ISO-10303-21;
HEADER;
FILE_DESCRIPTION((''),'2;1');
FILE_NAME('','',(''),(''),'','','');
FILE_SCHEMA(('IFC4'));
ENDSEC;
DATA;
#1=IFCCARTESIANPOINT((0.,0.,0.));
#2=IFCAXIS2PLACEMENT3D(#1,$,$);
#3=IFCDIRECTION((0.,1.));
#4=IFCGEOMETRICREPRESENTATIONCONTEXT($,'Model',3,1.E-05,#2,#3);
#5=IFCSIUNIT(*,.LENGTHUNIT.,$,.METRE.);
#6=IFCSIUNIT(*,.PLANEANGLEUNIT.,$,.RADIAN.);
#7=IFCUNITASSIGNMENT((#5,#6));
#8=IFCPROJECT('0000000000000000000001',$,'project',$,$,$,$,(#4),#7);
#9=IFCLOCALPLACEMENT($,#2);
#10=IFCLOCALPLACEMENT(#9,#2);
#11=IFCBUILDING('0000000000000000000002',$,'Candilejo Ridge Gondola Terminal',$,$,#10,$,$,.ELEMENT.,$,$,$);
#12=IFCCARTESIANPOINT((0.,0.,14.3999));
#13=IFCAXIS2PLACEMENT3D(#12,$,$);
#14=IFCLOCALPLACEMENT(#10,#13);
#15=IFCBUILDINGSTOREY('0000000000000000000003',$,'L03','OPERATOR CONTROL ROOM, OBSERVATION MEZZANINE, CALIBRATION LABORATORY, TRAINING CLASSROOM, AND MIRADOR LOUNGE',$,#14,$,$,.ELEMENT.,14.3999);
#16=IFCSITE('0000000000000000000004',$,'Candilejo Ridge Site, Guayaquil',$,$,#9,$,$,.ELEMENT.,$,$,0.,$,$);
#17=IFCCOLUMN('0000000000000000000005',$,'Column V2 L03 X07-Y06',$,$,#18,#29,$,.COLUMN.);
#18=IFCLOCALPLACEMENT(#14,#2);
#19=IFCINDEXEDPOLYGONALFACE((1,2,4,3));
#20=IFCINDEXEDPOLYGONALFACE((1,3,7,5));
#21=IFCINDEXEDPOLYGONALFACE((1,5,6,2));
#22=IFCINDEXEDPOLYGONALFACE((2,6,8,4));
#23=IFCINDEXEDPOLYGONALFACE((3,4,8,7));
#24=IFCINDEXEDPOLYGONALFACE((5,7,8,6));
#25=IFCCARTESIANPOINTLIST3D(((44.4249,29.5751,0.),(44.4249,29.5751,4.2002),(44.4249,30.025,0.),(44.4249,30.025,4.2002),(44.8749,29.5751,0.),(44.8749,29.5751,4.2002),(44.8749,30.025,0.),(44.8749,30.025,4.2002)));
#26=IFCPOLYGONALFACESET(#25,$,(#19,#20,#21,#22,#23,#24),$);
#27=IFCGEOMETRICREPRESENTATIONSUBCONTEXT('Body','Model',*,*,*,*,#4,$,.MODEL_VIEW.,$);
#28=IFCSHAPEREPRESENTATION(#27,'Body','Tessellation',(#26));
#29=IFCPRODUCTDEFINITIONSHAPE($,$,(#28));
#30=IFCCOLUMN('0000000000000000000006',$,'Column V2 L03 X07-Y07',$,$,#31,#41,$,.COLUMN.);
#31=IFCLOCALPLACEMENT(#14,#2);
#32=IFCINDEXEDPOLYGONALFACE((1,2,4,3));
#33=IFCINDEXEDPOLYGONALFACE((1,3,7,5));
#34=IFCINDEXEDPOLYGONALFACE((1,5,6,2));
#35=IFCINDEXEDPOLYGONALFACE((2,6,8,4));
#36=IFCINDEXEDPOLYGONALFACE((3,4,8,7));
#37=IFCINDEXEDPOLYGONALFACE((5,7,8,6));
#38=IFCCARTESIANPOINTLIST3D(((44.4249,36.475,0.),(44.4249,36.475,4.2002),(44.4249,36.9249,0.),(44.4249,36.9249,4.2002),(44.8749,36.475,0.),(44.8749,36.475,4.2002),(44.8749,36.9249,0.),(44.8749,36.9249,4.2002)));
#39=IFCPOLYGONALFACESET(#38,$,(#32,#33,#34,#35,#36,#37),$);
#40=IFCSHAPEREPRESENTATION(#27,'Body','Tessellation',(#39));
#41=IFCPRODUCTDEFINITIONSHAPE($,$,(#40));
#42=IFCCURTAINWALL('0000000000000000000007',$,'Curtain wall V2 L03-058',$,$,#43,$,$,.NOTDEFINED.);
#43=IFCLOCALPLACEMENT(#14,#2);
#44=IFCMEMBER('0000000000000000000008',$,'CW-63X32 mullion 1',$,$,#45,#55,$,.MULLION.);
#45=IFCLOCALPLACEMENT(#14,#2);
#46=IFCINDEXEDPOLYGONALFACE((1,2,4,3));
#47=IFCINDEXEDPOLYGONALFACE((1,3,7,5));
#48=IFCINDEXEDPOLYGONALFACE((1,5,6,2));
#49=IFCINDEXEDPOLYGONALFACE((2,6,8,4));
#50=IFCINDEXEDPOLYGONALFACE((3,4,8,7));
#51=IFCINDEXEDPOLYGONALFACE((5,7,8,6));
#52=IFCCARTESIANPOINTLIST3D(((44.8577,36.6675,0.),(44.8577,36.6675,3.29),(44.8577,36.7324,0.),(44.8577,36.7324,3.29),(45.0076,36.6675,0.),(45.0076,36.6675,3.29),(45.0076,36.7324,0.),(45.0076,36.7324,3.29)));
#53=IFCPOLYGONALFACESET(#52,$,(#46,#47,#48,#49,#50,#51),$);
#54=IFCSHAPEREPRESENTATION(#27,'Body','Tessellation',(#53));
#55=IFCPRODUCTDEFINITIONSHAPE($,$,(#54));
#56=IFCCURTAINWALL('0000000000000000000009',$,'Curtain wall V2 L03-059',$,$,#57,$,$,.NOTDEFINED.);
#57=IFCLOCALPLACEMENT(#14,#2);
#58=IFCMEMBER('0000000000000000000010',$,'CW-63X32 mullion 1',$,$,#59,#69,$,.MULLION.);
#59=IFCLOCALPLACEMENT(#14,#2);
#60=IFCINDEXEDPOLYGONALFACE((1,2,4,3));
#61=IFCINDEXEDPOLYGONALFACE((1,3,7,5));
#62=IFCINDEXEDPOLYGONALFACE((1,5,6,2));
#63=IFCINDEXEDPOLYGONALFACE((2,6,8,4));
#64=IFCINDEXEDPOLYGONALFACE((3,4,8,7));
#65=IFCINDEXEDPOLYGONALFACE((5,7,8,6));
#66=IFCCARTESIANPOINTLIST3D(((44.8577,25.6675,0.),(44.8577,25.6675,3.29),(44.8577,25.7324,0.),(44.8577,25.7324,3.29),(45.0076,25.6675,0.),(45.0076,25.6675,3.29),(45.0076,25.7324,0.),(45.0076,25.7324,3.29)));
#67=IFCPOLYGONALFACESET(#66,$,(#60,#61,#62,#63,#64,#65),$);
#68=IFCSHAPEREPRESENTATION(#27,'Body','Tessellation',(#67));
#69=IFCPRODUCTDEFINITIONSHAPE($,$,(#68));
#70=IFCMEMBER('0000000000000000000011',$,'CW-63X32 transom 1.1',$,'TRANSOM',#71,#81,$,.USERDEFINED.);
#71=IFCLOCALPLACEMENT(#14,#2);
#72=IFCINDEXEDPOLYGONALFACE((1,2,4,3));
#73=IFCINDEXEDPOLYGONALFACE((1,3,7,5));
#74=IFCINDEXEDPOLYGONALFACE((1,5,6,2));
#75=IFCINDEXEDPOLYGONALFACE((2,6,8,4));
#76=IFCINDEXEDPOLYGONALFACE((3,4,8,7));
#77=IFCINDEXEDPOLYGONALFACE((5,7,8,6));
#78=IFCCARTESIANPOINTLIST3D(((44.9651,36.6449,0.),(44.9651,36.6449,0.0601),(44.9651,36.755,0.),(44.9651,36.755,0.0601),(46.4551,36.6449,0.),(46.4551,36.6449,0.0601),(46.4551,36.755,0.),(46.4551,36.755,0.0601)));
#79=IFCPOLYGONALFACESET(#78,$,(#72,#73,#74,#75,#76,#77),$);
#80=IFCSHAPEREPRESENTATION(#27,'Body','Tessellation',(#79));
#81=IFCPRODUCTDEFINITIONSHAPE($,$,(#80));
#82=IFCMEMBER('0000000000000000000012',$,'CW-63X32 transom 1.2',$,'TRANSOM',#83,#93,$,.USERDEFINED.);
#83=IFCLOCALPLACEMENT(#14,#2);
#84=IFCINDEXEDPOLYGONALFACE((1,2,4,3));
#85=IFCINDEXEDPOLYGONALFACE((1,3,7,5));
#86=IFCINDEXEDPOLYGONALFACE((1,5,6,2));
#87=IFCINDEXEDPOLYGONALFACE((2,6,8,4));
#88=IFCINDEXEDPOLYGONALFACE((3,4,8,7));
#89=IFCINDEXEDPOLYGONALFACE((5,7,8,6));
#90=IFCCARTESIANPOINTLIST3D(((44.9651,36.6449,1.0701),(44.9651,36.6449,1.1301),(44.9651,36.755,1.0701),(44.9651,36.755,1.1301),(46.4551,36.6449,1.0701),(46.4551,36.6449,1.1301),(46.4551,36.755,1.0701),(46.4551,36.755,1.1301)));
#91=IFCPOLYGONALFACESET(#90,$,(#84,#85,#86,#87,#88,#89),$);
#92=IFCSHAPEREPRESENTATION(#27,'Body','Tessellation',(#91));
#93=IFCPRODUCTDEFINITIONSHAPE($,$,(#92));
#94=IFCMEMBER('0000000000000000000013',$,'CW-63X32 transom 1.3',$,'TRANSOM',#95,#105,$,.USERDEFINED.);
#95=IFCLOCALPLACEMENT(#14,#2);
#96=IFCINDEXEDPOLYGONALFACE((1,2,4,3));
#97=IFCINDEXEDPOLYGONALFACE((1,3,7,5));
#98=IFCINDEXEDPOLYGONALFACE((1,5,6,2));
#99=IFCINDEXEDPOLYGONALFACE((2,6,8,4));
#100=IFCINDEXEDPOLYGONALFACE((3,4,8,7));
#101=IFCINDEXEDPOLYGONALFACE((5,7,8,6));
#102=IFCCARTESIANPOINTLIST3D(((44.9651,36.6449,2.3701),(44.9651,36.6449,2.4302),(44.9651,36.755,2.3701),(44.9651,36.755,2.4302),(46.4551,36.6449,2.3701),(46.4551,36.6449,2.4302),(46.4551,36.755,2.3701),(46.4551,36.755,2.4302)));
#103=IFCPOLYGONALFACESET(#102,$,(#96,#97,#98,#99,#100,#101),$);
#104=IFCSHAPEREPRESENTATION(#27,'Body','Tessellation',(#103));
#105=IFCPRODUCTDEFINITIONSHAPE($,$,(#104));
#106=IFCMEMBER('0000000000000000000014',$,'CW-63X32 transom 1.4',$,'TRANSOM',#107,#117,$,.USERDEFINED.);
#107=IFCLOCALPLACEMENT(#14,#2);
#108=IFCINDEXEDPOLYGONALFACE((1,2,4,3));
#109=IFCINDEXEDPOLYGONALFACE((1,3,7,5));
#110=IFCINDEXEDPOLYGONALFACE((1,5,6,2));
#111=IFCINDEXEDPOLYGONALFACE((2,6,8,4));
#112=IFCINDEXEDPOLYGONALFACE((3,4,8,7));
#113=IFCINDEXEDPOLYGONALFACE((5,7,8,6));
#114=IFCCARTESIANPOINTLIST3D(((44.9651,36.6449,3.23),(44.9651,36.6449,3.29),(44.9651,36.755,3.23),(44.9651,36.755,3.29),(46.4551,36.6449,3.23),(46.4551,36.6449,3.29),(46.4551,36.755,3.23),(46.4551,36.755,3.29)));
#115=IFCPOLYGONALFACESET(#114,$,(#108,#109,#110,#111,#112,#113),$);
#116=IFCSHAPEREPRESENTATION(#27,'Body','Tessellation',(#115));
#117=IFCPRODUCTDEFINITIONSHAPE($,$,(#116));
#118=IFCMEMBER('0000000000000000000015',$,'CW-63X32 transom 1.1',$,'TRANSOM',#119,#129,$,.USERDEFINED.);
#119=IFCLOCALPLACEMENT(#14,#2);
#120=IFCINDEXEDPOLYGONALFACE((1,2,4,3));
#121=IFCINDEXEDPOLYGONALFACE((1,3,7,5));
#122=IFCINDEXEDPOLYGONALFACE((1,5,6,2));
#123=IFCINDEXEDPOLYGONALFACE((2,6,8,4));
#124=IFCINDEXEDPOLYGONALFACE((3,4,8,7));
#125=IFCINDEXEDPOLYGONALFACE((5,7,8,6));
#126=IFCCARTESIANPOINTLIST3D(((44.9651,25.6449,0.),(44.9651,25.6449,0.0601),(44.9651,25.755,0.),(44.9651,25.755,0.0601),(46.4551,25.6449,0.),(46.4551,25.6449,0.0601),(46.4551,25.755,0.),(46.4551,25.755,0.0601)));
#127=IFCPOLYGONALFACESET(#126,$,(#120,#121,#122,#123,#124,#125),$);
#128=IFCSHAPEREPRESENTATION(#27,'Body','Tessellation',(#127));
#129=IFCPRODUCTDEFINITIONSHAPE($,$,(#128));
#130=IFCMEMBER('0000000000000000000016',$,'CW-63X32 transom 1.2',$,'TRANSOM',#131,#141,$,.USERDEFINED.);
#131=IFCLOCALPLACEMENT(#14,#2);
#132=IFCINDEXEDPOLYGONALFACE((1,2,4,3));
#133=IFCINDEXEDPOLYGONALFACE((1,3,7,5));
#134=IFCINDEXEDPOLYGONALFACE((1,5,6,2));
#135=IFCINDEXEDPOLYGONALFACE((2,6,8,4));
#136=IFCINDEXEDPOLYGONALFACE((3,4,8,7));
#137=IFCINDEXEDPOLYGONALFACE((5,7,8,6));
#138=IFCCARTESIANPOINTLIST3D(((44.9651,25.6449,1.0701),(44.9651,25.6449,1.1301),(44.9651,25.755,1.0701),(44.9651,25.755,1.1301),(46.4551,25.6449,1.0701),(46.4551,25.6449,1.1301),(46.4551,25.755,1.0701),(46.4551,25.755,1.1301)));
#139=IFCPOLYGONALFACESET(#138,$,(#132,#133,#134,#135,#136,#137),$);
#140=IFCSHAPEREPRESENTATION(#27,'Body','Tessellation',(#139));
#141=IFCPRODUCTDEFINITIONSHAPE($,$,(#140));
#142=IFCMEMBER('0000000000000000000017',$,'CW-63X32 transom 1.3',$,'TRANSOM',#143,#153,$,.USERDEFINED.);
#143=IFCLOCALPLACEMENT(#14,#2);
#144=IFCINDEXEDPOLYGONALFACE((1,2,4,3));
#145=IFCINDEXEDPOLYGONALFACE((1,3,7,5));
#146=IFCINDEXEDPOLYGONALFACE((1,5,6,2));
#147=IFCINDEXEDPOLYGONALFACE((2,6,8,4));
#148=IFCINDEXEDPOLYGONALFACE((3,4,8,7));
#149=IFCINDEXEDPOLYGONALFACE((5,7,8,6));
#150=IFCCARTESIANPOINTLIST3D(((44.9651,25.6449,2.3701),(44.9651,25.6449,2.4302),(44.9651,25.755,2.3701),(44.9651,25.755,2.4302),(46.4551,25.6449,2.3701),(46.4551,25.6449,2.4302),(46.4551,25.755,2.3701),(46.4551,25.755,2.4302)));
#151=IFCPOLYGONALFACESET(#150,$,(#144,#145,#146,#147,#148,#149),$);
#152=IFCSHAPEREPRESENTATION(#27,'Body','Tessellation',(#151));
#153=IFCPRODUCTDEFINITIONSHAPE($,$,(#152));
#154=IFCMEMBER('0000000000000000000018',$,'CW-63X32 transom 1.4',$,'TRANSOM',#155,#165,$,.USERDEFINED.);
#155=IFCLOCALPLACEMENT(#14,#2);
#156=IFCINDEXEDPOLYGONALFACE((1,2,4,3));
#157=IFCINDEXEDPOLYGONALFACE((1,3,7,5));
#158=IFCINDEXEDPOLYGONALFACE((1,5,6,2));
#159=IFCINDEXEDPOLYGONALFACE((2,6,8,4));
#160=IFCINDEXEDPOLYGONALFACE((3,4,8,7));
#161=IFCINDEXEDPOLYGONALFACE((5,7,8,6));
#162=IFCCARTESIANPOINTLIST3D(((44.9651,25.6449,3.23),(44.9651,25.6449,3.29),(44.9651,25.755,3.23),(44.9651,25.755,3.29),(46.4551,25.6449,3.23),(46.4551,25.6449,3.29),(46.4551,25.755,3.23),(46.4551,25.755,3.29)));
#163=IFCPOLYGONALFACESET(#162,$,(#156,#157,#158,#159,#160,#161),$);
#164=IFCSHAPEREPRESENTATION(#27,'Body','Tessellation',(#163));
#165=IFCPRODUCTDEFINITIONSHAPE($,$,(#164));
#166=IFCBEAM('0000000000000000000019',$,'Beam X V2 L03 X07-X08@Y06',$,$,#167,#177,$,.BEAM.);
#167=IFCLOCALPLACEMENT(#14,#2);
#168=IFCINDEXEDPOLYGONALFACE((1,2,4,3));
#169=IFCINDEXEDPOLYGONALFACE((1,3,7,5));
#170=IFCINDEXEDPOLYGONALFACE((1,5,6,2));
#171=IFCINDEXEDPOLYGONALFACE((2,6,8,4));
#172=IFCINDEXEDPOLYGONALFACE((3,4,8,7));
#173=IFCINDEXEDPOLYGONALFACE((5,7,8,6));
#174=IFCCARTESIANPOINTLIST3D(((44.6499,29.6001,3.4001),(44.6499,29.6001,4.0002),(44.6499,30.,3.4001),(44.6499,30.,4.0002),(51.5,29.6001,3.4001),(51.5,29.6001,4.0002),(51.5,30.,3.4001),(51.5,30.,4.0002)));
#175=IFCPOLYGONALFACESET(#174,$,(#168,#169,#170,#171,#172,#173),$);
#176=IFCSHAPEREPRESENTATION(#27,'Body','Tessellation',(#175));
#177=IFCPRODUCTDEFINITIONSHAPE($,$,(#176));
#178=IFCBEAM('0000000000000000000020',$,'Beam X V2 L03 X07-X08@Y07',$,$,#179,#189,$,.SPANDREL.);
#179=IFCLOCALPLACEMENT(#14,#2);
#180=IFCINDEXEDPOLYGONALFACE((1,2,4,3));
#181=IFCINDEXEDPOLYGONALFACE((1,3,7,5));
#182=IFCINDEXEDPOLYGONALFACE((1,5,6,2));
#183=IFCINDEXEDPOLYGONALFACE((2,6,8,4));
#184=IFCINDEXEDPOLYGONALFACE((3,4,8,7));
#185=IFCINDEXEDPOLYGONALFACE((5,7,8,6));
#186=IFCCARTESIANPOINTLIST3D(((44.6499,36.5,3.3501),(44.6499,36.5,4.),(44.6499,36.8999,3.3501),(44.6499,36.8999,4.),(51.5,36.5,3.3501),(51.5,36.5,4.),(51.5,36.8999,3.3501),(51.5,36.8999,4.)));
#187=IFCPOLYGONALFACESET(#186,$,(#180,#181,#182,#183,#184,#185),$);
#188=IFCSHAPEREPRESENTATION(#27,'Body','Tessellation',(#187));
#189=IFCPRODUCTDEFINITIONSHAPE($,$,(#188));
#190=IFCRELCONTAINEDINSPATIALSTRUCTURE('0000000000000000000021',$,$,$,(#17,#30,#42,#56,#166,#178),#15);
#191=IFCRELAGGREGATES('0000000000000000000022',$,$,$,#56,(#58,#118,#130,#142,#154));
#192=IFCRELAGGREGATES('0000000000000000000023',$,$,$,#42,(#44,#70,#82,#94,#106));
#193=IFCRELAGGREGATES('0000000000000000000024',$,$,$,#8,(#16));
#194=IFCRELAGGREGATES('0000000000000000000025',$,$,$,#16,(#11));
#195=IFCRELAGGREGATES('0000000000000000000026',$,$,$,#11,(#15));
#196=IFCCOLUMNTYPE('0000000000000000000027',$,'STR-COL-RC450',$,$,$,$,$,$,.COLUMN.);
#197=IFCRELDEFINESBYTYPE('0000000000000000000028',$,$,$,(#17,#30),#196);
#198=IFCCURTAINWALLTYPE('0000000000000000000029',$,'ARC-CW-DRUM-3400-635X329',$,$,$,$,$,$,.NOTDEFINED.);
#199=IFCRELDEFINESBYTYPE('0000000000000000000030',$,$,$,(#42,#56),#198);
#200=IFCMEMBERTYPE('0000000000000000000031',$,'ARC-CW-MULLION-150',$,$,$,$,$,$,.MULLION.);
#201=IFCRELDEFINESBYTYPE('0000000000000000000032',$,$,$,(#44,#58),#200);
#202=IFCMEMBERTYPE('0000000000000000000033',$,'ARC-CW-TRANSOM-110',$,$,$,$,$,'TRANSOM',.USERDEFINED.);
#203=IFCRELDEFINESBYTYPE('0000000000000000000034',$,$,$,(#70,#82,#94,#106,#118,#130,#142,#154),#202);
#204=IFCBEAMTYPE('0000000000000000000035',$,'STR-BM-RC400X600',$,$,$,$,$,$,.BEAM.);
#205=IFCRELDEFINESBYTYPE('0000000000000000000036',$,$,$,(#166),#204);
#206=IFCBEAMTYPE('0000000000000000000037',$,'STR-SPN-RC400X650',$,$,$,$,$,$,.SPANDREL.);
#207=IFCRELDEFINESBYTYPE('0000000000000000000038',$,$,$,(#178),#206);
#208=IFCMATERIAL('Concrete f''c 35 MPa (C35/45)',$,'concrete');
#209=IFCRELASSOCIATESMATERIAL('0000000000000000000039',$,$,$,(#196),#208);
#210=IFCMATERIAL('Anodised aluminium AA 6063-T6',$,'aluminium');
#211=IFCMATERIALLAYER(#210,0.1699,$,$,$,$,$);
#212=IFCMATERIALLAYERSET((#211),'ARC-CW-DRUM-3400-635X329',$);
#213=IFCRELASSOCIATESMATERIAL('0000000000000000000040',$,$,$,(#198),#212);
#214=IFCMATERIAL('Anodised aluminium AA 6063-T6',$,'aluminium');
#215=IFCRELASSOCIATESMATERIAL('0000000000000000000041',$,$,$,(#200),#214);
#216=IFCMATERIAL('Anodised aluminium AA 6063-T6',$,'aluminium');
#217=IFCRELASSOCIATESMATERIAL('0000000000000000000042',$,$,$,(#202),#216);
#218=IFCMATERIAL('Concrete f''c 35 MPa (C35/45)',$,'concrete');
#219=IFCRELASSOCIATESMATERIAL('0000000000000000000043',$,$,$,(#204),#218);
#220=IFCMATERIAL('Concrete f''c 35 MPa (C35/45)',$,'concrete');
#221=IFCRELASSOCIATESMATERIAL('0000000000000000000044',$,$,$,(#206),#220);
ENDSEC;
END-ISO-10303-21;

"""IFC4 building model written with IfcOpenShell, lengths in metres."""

from ifc_helpers import new_model, si_unit, direction, frame, origin, origin_2d, place, context, subcontext, project, spatial, rectangle, extrude, material, layer, layer_set, material_profile, profile_set, type_object, element, aggregate, save


model = new_model("IFC4")

# Units and contexts
model_context = context("Model", 3, precision=1e-05, world=origin(), true_north=direction((0.0, 1.0)))
body_context = subcontext(model_context, "Body", "Model", "MODEL_VIEW")
ifc_project = project(units=[si_unit("LENGTHUNIT", "METRE"), si_unit("PLANEANGLEUNIT", "RADIAN")], contexts=[model_context])

# Site, building, storey
site_placement = place(None, origin())
site = spatial("IfcSite", under=ifc_project, at=site_placement, Name="Candilejo Ridge Site, Guayaquil", CompositionType="ELEMENT", RefElevation=0.0)
building_placement = place(site_placement, origin())
building = spatial("IfcBuilding", under=site, at=building_placement, Name="Candilejo Ridge Gondola Terminal", CompositionType="ELEMENT")
storey_placement = place(building_placement, frame((0.0, 0.0, 14.3999)))
storey = spatial("IfcBuildingStorey", under=building, at=storey_placement, Name="L03", Description="OPERATOR CONTROL ROOM, OBSERVATION MEZZANINE, CALIBRATION LABORATORY, TRAINING CLASSROOM, AND MIRADOR LOUNGE", CompositionType="ELEMENT", Elevation=14.3999)

# Columns
ifc_material_1 = material(Name="Concrete f'c 35 MPa (C35/45)", Category="concrete")
ifc_material_profile_1 = material_profile(ifc_material_1, rectangle(XDim=0.45, YDim=0.45, at=origin_2d()))
ifc_profile_set_1 = profile_set([ifc_material_profile_1], Name="Concrete f'c 35 MPa (C35/45)")
column_type = type_object("IfcColumnType", Name="STR-COL-RC450", PredefinedType="COLUMN", material=ifc_profile_set_1)
for number, where, z_axis, x_axis, name in (
    (1, (44.6499, 29.8, 0.0), (0.0, 0.0, 1.0), (1.0, 0.0, 0.0), "Column V2 L03 X07-Y06"),
    (2, (44.6499, 36.7, 0.0), (0.0, 0.0, 1.0), (1.0, 0.0, 0.0), "Column V2 L03 X07-Y07"),
):
    element("IfcColumn", number, at=place(storey_placement, frame(where, z_axis=z_axis, x_axis=x_axis)), inside=storey, type_object=column_type, Name=name, PredefinedType="COLUMN", context=body_context, shape_type="SweptSolid", body=[
        extrude(rectangle(XDim=0.45, YDim=0.45, at=origin_2d()), origin(), (0.0, 0.0, 1.0), 4.2002),
    ])

# Curtain walls, members
ifc_material_2 = material(Name="Anodised aluminium AA 6063-T6", Category="aluminium")
ifc_layer_1 = layer(ifc_material_2, 0.1699)
ifc_layer_set_1 = layer_set([ifc_layer_1], Name="ARC-CW-DRUM-3400-635X329")
curtain_wall_type = type_object("IfcCurtainWallType", Name="ARC-CW-DRUM-3400-635X329", PredefinedType="NOTDEFINED", material=ifc_layer_set_1)
curtain_wall_1_placement = place(storey_placement, origin())
curtain_wall_1 = element("IfcCurtainWall", 3, at=curtain_wall_1_placement, inside=storey, type_object=curtain_wall_type, Name="Curtain wall V2 L03-058", PredefinedType="NOTDEFINED")
ifc_material_3 = material(Name="Anodised aluminium AA 6063-T6", Category="aluminium")
ifc_material_profile_2 = material_profile(ifc_material_3, rectangle(XDim=0.0649, YDim=0.1499, at=origin_2d()))
ifc_profile_set_2 = profile_set([ifc_material_profile_2], Name="Anodised aluminium AA 6063-T6")
member_type_1 = type_object("IfcMemberType", Name="ARC-CW-MULLION-150", PredefinedType="MULLION", material=ifc_profile_set_2)
member_1_placement = place(storey_placement, frame((44.9326, 36.7, 0.0), z_axis=(0.0, 0.0, 1.0), x_axis=(0.0, 1.0, 0.0)))
member_1 = element("IfcMember", 4, at=member_1_placement, type_object=member_type_1, Name="CW-63X32 mullion 1", PredefinedType="MULLION", context=body_context, shape_type="SweptSolid", body=[
    extrude(rectangle(XDim=0.0649, YDim=0.1499, at=origin_2d()), origin(), (0.0, 0.0, 1.0), 3.29),
])
curtain_wall_2_placement = place(storey_placement, origin())
curtain_wall_2 = element("IfcCurtainWall", 5, at=curtain_wall_2_placement, inside=storey, type_object=curtain_wall_type, Name="Curtain wall V2 L03-059", PredefinedType="NOTDEFINED")
member_2_placement = place(storey_placement, frame((44.9326, 25.7, 0.0), z_axis=(0.0, 0.0, 1.0), x_axis=(0.0, 1.0, 0.0)))
member_2 = element("IfcMember", 6, at=member_2_placement, type_object=member_type_1, Name="CW-63X32 mullion 1", PredefinedType="MULLION", context=body_context, shape_type="SweptSolid", body=[
    extrude(rectangle(XDim=0.0649, YDim=0.1499, at=origin_2d()), origin(), (0.0, 0.0, 1.0), 3.29),
])

# Members
ifc_material_4 = material(Name="Anodised aluminium AA 6063-T6", Category="aluminium")
ifc_material_profile_3 = material_profile(ifc_material_4, rectangle(XDim=0.1101, YDim=0.0601, at=origin_2d()))
ifc_profile_set_3 = profile_set([ifc_material_profile_3], Name="Anodised aluminium AA 6063-T6")
member_type_2 = type_object("IfcMemberType", Name="ARC-CW-TRANSOM-110", ElementType="TRANSOM", PredefinedType="USERDEFINED", material=ifc_profile_set_3)
member_3_placement = place(storey_placement, frame((44.9651, 36.7, 0.03), z_axis=(1.0, 0.0, 0.0), x_axis=(0.0, 1.0, 0.0)))
member_3 = element("IfcMember", 7, at=member_3_placement, type_object=member_type_2, Name="CW-63X32 transom 1.1", ObjectType="TRANSOM", PredefinedType="USERDEFINED", context=body_context, shape_type="SweptSolid", body=[
    extrude(rectangle(XDim=0.1101, YDim=0.0601, at=origin_2d()), origin(), (0.0, 0.0, 1.0), 1.49),
])
member_4_placement = place(storey_placement, frame((44.9651, 36.7, 1.1001), z_axis=(1.0, 0.0, 0.0), x_axis=(0.0, 1.0, 0.0)))
member_4 = element("IfcMember", 8, at=member_4_placement, type_object=member_type_2, Name="CW-63X32 transom 1.2", ObjectType="TRANSOM", PredefinedType="USERDEFINED", context=body_context, shape_type="SweptSolid", body=[
    extrude(rectangle(XDim=0.1101, YDim=0.0601, at=origin_2d()), origin(), (0.0, 0.0, 1.0), 1.49),
])
member_5_placement = place(storey_placement, frame((44.9651, 36.7, 2.4001), z_axis=(1.0, 0.0, 0.0), x_axis=(0.0, 1.0, 0.0)))
member_5 = element("IfcMember", 9, at=member_5_placement, type_object=member_type_2, Name="CW-63X32 transom 1.3", ObjectType="TRANSOM", PredefinedType="USERDEFINED", context=body_context, shape_type="SweptSolid", body=[
    extrude(rectangle(XDim=0.1101, YDim=0.0601, at=origin_2d()), origin(), (0.0, 0.0, 1.0), 1.49),
])
member_6_placement = place(storey_placement, frame((44.9651, 36.7, 3.26), z_axis=(1.0, 0.0, 0.0), x_axis=(0.0, 1.0, 0.0)))
member_6 = element("IfcMember", 10, at=member_6_placement, type_object=member_type_2, Name="CW-63X32 transom 1.4", ObjectType="TRANSOM", PredefinedType="USERDEFINED", context=body_context, shape_type="SweptSolid", body=[
    extrude(rectangle(XDim=0.1101, YDim=0.0601, at=origin_2d()), origin(), (0.0, 0.0, 1.0), 1.49),
])
member_7_placement = place(storey_placement, frame((44.9651, 25.7, 0.03), z_axis=(1.0, 0.0, 0.0), x_axis=(0.0, 1.0, 0.0)))
member_7 = element("IfcMember", 11, at=member_7_placement, type_object=member_type_2, Name="CW-63X32 transom 1.1", ObjectType="TRANSOM", PredefinedType="USERDEFINED", context=body_context, shape_type="SweptSolid", body=[
    extrude(rectangle(XDim=0.1101, YDim=0.0601, at=origin_2d()), origin(), (0.0, 0.0, 1.0), 1.49),
])
member_8_placement = place(storey_placement, frame((44.9651, 25.7, 1.1001), z_axis=(1.0, 0.0, 0.0), x_axis=(0.0, 1.0, 0.0)))
member_8 = element("IfcMember", 12, at=member_8_placement, type_object=member_type_2, Name="CW-63X32 transom 1.2", ObjectType="TRANSOM", PredefinedType="USERDEFINED", context=body_context, shape_type="SweptSolid", body=[
    extrude(rectangle(XDim=0.1101, YDim=0.0601, at=origin_2d()), origin(), (0.0, 0.0, 1.0), 1.49),
])
member_9_placement = place(storey_placement, frame((44.9651, 25.7, 2.4001), z_axis=(1.0, 0.0, 0.0), x_axis=(0.0, 1.0, 0.0)))
member_9 = element("IfcMember", 13, at=member_9_placement, type_object=member_type_2, Name="CW-63X32 transom 1.3", ObjectType="TRANSOM", PredefinedType="USERDEFINED", context=body_context, shape_type="SweptSolid", body=[
    extrude(rectangle(XDim=0.1101, YDim=0.0601, at=origin_2d()), origin(), (0.0, 0.0, 1.0), 1.49),
])
member_10_placement = place(storey_placement, frame((44.9651, 25.7, 3.26), z_axis=(1.0, 0.0, 0.0), x_axis=(0.0, 1.0, 0.0)))
member_10 = element("IfcMember", 14, at=member_10_placement, type_object=member_type_2, Name="CW-63X32 transom 1.4", ObjectType="TRANSOM", PredefinedType="USERDEFINED", context=body_context, shape_type="SweptSolid", body=[
    extrude(rectangle(XDim=0.1101, YDim=0.0601, at=origin_2d()), origin(), (0.0, 0.0, 1.0), 1.49),
])
aggregate(curtain_wall_2, [member_2, member_7, member_8, member_9, member_10])

# Beams
ifc_material_5 = material(Name="Concrete f'c 35 MPa (C35/45)", Category="concrete")
ifc_material_profile_4 = material_profile(ifc_material_5, rectangle(XDim=0.3999, YDim=0.6001, at=origin_2d()))
ifc_profile_set_4 = profile_set([ifc_material_profile_4], Name="Concrete f'c 35 MPa (C35/45)")
beam_type_1 = type_object("IfcBeamType", Name="STR-BM-RC400X600", PredefinedType="BEAM", material=ifc_profile_set_4)
beam_1_placement = place(storey_placement, frame((44.6499, 29.8, 3.7002), z_axis=(1.0, 0.0, 0.0), x_axis=(0.0, 1.0, 0.0)))
element("IfcBeam", 15, at=beam_1_placement, inside=storey, type_object=beam_type_1, Name="Beam X V2 L03 X07-X08@Y06", PredefinedType="BEAM", context=body_context, shape_type="SweptSolid", body=[
    extrude(rectangle(XDim=0.3999, YDim=0.6001, at=origin_2d()), origin(), (0.0, 0.0, 1.0), 6.8501),
])
ifc_material_6 = material(Name="Concrete f'c 35 MPa (C35/45)", Category="concrete")
ifc_material_profile_5 = material_profile(ifc_material_6, rectangle(XDim=0.3999, YDim=0.6499, at=origin_2d()))
ifc_profile_set_5 = profile_set([ifc_material_profile_5], Name="Concrete f'c 35 MPa (C35/45)")
beam_type_2 = type_object("IfcBeamType", Name="STR-SPN-RC400X650", PredefinedType="SPANDREL", material=ifc_profile_set_5)
beam_2_placement = place(storey_placement, frame((44.6499, 36.7, 3.675), z_axis=(1.0, 0.0, 0.0), x_axis=(0.0, 1.0, 0.0)))
element("IfcBeam", 16, at=beam_2_placement, inside=storey, type_object=beam_type_2, Name="Beam X V2 L03 X07-X08@Y07", PredefinedType="SPANDREL", context=body_context, shape_type="SweptSolid", body=[
    extrude(rectangle(XDim=0.3999, YDim=0.6499, at=origin_2d()), origin(), (0.0, 0.0, 1.0), 6.8501),
])

aggregate(curtain_wall_1, [member_1, member_3, member_4, member_5, member_6])

save(model, "model.ifc")
